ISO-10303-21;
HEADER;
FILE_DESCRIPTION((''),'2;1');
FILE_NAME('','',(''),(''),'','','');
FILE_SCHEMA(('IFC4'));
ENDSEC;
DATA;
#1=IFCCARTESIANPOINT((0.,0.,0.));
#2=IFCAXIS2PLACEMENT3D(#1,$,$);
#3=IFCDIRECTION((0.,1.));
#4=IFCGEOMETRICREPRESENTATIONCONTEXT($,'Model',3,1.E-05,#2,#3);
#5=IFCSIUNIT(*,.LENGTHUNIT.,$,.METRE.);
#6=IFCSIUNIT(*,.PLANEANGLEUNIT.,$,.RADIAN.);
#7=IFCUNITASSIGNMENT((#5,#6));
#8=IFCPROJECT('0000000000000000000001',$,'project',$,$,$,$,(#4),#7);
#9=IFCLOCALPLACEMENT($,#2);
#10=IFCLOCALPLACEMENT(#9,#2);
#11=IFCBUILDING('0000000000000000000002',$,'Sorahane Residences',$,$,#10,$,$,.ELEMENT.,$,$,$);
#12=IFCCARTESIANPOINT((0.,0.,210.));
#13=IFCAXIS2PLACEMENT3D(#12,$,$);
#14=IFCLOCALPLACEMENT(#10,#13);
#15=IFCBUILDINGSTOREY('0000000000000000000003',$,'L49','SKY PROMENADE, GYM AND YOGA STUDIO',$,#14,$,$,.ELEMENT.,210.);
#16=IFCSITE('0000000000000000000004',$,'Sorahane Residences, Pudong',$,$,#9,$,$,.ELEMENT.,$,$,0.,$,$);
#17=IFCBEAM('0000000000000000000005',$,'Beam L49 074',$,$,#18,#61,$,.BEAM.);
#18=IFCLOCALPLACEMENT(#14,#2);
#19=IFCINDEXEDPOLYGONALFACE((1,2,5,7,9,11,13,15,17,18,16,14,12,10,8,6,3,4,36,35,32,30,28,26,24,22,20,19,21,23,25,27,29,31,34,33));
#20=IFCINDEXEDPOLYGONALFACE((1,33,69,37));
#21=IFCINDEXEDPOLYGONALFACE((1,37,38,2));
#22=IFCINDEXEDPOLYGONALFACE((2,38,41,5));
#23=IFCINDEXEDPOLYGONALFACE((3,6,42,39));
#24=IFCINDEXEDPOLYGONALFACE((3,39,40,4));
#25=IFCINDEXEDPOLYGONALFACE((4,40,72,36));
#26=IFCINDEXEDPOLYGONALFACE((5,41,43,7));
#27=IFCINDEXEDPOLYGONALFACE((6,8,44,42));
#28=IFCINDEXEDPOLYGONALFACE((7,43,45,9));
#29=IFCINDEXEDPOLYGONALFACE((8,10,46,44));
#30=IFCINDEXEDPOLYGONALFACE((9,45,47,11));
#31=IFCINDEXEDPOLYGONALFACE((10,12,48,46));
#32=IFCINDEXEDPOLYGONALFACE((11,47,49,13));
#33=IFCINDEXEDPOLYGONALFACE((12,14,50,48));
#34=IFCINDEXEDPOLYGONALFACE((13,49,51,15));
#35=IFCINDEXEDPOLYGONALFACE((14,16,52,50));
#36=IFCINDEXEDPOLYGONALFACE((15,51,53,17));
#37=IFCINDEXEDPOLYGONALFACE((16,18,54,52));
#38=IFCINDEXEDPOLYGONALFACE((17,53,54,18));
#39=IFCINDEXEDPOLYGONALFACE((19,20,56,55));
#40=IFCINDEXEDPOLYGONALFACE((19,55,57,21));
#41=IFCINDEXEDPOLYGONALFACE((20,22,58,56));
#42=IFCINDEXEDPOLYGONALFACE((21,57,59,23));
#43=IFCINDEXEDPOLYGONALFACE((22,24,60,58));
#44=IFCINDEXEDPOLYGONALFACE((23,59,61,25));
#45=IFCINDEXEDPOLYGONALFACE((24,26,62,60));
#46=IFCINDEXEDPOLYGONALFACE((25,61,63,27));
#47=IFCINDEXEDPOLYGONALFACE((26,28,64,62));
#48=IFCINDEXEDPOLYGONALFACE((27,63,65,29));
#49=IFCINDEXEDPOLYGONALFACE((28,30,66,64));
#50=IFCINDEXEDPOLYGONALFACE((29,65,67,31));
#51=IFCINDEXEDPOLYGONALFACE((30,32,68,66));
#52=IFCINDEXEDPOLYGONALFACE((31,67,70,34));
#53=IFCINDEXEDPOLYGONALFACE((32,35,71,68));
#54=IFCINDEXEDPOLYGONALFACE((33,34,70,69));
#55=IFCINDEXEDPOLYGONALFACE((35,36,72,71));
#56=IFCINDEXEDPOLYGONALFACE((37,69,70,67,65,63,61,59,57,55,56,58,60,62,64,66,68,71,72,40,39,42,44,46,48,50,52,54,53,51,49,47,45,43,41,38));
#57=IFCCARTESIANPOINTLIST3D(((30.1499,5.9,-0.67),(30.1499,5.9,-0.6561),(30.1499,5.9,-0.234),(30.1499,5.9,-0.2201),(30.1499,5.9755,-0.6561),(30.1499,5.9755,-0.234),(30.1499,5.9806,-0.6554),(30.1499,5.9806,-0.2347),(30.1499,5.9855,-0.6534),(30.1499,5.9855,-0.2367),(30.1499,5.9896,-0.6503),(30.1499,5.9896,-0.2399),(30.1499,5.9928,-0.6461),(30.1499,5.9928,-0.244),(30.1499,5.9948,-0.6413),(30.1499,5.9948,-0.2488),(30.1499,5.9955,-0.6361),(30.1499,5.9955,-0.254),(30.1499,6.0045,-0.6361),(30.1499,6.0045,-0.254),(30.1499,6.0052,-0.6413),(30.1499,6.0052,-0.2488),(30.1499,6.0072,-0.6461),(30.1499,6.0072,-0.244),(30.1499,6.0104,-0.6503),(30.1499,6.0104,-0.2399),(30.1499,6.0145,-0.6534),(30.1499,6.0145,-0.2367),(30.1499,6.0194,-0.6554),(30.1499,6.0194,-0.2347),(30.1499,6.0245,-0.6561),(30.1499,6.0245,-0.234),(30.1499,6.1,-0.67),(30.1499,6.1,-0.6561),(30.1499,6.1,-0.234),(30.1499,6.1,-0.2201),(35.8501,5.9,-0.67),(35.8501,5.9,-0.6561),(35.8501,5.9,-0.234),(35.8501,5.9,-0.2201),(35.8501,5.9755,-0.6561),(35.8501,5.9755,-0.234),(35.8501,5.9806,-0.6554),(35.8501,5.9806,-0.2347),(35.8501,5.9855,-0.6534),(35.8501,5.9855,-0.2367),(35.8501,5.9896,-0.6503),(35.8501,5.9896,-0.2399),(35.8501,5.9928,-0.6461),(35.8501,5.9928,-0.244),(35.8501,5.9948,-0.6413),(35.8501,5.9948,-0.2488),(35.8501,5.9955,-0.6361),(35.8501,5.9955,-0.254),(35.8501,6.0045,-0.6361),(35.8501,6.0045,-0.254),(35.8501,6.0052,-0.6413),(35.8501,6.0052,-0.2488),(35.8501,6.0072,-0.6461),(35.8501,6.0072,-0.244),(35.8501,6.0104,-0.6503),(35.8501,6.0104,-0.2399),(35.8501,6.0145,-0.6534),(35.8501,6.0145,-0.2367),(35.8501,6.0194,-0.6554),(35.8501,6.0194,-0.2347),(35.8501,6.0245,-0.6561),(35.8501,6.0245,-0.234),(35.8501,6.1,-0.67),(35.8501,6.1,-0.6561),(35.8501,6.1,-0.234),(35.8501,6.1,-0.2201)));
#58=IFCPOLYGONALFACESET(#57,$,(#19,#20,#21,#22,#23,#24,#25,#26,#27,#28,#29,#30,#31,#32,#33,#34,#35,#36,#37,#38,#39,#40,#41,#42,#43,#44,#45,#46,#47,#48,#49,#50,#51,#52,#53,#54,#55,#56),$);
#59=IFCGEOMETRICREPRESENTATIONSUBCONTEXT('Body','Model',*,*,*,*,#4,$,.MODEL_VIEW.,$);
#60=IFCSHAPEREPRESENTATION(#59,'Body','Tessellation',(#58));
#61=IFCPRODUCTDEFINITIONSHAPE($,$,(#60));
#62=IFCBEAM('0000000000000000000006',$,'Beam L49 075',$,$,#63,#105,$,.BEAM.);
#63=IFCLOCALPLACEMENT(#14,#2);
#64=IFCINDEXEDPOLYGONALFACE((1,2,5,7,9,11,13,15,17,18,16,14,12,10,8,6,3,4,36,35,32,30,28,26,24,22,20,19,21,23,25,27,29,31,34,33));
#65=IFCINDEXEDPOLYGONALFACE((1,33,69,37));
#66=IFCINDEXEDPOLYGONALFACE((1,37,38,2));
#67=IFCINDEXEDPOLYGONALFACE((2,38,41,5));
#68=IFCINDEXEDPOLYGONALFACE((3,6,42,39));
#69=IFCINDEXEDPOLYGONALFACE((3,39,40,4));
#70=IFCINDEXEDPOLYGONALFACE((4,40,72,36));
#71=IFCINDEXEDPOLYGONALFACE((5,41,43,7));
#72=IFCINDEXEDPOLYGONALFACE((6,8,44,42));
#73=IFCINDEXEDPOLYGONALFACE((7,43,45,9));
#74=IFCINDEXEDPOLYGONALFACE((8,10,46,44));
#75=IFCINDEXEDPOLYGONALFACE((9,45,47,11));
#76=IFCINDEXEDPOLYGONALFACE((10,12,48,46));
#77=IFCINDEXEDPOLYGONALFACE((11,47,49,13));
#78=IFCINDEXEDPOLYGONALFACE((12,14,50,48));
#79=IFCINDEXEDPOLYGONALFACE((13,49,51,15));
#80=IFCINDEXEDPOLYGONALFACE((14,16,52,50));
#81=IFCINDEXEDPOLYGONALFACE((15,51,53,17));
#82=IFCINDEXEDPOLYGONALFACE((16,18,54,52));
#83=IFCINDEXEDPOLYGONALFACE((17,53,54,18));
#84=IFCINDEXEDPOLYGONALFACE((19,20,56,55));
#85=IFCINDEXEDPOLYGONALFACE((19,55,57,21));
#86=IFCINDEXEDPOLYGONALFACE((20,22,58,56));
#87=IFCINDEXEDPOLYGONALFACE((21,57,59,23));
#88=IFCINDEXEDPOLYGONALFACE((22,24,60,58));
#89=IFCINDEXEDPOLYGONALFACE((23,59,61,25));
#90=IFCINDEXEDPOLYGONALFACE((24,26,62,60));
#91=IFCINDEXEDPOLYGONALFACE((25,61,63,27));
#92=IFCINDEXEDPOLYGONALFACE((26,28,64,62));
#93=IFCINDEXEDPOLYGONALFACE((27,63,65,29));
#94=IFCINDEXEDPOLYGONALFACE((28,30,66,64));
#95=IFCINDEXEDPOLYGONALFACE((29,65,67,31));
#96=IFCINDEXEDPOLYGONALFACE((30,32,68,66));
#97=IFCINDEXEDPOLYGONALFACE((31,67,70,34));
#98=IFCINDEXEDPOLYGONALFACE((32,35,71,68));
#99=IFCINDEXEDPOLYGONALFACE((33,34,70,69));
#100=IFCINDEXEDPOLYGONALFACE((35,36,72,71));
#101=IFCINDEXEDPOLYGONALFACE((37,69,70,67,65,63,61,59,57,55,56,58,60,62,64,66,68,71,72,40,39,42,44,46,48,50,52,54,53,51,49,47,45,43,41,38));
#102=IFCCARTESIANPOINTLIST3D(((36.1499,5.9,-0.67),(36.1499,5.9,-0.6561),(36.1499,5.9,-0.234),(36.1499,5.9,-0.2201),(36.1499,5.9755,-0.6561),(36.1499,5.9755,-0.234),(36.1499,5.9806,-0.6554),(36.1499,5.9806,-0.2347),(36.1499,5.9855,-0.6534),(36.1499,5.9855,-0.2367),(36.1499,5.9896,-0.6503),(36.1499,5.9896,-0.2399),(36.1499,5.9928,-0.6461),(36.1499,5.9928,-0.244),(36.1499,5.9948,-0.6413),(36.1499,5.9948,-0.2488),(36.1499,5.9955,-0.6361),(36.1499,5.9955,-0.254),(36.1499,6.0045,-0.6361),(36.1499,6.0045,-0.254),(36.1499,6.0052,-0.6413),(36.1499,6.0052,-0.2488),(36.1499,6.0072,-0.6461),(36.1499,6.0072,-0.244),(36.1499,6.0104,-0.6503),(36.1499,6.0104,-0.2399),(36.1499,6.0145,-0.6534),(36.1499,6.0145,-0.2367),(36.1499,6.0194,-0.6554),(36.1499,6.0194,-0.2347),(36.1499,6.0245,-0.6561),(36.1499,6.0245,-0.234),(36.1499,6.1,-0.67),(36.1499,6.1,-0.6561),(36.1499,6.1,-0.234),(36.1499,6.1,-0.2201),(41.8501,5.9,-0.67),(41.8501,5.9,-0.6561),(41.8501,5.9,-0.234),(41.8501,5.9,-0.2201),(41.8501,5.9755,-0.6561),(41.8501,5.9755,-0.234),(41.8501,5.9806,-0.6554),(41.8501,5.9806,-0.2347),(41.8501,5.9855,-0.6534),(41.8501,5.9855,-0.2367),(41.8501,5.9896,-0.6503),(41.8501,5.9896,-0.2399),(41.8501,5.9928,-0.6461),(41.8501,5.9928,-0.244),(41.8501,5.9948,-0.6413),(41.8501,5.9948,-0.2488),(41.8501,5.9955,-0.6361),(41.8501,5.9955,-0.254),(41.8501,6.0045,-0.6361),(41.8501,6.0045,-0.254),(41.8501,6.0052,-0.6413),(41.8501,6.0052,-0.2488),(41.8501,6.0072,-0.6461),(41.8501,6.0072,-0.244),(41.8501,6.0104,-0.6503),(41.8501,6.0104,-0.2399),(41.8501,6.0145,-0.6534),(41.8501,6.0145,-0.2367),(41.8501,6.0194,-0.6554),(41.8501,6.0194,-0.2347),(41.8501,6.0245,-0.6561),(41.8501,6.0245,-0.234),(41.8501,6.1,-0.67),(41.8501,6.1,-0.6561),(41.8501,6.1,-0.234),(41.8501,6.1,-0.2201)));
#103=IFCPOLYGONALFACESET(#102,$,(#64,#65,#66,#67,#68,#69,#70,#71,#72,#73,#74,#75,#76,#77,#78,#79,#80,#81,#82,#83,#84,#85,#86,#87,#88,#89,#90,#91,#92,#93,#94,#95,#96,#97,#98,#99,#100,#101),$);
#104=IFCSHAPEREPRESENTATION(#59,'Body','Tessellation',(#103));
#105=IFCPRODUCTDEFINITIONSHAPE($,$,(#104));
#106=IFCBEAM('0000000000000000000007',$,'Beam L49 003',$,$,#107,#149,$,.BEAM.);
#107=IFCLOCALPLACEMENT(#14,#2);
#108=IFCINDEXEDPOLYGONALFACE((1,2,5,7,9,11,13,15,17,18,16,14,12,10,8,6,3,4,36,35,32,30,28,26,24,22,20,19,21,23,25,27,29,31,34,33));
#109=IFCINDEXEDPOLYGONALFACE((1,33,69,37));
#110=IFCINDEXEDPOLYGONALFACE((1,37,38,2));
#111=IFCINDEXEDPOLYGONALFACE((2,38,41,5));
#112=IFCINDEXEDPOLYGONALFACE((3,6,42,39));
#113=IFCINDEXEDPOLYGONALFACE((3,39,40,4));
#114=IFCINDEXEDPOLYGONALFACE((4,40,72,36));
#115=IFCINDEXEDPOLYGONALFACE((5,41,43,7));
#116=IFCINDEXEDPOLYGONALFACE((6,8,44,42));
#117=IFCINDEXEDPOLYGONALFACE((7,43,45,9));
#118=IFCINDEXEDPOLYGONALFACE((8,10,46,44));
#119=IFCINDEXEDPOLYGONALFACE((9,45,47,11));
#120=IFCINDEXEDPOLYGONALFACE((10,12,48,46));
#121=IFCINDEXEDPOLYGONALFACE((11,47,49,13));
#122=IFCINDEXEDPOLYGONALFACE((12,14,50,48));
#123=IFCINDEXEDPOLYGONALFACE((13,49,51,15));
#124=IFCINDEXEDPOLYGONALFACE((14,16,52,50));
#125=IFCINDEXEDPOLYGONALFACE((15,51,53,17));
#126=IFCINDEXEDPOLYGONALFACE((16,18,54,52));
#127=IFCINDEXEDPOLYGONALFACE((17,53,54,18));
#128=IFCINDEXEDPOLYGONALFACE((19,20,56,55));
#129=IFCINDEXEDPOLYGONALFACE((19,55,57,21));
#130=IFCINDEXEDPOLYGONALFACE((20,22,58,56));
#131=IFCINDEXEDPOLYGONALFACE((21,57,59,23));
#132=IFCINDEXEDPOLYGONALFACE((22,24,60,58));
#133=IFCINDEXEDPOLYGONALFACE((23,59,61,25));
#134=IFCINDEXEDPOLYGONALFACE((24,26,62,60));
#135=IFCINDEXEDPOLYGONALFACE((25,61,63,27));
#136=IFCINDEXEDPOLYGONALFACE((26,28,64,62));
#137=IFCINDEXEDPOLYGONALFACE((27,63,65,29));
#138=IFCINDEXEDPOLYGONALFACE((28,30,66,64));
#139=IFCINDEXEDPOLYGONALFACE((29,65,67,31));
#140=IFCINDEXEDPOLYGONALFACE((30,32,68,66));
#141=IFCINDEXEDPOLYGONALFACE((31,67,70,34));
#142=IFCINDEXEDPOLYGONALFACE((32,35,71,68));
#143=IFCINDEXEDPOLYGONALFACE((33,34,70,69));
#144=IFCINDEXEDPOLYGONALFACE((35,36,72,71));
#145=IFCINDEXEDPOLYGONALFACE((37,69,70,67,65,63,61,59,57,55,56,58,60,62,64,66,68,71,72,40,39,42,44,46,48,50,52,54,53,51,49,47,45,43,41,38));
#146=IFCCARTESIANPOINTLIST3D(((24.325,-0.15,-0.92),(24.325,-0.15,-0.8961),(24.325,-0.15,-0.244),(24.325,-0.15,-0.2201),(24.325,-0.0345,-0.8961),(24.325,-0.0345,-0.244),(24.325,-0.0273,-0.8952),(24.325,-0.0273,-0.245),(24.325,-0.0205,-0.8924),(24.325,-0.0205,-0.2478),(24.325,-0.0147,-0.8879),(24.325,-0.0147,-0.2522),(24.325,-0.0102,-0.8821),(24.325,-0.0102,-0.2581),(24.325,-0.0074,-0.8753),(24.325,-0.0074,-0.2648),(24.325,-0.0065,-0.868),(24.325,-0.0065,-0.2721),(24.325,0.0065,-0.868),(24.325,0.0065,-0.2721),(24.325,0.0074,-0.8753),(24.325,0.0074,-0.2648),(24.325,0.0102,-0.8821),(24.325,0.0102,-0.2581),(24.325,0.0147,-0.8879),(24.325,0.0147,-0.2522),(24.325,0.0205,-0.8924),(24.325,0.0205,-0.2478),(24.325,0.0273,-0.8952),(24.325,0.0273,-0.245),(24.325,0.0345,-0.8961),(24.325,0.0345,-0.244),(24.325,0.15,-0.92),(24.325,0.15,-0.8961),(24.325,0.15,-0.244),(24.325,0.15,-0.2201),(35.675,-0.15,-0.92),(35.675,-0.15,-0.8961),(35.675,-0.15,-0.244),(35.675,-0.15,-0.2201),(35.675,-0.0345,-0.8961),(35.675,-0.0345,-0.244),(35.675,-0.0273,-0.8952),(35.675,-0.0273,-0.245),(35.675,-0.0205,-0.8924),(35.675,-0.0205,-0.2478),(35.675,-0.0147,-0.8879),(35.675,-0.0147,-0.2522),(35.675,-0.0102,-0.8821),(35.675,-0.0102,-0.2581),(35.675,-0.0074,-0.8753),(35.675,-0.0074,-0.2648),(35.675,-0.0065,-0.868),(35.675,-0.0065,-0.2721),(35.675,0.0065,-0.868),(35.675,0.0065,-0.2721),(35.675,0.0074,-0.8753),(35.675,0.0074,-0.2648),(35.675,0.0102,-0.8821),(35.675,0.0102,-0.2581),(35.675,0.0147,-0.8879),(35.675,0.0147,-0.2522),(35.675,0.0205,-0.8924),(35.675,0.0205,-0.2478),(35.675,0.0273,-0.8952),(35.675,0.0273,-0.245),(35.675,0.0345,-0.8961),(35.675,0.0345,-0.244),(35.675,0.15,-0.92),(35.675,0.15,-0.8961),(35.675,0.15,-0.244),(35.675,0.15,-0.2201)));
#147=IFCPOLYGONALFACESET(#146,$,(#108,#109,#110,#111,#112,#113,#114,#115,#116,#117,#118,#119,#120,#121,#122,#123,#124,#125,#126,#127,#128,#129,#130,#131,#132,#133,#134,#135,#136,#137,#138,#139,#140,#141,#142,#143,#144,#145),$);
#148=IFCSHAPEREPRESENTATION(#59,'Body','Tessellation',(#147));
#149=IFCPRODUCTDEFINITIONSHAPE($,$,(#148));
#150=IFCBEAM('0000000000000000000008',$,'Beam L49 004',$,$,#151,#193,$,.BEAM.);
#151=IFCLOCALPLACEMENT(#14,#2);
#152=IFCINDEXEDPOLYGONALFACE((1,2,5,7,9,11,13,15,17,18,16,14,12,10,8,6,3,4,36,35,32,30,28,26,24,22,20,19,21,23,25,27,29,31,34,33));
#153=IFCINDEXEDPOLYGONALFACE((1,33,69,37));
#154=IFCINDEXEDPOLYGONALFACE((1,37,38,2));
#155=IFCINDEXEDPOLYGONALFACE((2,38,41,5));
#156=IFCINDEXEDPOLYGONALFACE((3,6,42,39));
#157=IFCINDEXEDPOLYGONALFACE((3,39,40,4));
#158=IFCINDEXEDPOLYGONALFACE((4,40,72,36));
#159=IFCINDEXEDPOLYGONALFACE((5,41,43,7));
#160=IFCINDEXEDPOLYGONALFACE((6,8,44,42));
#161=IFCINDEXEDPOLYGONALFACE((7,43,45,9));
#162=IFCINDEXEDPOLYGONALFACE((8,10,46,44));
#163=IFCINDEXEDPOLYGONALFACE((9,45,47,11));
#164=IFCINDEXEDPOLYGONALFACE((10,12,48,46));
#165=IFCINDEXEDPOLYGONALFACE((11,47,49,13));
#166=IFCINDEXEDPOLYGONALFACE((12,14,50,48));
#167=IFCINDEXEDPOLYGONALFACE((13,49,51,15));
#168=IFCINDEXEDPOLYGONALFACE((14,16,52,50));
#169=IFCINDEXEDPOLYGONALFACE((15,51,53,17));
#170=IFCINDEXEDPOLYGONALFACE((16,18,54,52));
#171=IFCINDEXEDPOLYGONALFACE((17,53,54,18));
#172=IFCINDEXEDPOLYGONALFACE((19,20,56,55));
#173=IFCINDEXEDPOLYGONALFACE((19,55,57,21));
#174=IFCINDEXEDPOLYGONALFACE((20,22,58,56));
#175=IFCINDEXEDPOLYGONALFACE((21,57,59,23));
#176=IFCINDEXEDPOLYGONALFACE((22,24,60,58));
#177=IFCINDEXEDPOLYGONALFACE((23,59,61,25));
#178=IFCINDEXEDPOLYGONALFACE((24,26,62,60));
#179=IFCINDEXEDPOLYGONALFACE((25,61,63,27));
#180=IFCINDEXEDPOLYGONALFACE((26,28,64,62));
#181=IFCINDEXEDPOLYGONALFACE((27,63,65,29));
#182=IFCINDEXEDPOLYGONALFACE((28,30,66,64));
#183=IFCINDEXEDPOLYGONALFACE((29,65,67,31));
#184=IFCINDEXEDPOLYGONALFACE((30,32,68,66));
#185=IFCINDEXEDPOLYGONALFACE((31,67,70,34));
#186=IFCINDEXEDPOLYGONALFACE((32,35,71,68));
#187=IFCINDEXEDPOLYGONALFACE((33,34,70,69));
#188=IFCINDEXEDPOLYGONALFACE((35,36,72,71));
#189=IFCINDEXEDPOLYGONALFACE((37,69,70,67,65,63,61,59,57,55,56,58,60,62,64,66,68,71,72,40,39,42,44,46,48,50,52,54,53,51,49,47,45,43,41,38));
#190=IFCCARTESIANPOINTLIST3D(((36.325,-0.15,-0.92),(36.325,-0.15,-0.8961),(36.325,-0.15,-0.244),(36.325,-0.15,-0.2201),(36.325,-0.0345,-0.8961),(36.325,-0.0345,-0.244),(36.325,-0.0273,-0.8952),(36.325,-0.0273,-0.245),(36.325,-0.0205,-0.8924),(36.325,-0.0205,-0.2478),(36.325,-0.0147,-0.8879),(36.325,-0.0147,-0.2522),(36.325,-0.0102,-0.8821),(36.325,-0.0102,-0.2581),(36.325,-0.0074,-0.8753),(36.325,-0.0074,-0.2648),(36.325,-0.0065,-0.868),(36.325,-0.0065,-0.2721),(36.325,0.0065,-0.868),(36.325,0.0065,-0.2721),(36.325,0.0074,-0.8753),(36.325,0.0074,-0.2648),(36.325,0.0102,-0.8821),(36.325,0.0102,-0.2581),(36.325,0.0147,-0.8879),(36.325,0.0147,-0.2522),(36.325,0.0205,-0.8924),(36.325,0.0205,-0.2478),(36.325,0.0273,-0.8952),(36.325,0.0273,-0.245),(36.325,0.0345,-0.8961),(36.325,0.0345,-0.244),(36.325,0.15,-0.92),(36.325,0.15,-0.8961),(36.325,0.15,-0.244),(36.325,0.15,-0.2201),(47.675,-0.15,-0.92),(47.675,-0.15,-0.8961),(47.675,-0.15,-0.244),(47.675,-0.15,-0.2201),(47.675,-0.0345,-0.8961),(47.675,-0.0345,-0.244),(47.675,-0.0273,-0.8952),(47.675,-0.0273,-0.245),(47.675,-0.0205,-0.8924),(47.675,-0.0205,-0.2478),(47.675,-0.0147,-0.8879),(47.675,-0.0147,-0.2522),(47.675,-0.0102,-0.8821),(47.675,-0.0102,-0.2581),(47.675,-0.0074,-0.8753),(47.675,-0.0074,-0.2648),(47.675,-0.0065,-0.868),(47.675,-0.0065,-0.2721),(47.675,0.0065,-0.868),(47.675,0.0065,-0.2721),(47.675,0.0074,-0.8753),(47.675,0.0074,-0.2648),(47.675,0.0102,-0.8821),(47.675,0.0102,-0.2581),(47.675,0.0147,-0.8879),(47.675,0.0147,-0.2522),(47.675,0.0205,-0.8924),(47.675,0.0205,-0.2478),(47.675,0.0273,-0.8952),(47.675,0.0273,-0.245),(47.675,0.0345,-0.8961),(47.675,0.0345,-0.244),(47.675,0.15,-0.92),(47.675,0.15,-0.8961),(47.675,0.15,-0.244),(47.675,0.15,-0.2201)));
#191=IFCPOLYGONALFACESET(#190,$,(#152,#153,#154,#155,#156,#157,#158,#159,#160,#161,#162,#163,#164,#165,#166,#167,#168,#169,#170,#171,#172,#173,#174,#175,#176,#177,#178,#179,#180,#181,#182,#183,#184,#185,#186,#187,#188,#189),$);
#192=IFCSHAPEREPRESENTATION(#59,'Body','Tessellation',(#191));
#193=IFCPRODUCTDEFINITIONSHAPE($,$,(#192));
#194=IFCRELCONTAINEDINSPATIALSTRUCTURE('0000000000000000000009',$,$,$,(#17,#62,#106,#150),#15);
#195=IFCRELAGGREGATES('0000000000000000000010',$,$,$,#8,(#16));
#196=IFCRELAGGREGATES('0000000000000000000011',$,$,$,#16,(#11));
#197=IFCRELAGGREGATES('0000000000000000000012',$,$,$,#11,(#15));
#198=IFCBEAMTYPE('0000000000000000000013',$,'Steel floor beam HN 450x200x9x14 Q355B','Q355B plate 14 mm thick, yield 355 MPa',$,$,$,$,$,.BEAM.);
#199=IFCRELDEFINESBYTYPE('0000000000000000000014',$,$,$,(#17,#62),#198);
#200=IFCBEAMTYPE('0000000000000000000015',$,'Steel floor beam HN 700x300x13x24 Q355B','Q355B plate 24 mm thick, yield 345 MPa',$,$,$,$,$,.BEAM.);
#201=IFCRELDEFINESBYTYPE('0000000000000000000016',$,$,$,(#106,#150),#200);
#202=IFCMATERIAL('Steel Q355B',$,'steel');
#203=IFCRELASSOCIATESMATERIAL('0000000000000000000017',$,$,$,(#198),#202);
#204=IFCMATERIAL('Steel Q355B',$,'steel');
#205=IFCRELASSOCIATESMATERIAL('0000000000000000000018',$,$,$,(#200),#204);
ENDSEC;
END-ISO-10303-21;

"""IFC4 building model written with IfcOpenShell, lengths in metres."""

from ifc_helpers import new_model, si_unit, direction, frame, origin, origin_2d, place, context, subcontext, project, spatial, i_section, extrude, material, material_profile, profile_set, type_object, element, save


model = new_model("IFC4")

# Units and contexts
model_context = context("Model", 3, precision=1e-05, world=origin(), true_north=direction((0.0, 1.0)))
body_context = subcontext(model_context, "Body", "Model", "MODEL_VIEW")
ifc_project = project(units=[si_unit("LENGTHUNIT", "METRE"), si_unit("PLANEANGLEUNIT", "RADIAN")], contexts=[model_context])

# Site, building, storey
site_placement = place(None, origin())
site = spatial("IfcSite", under=ifc_project, at=site_placement, Name="Sorahane Residences, Pudong", CompositionType="ELEMENT", RefElevation=0.0)
building_placement = place(site_placement, origin())
building = spatial("IfcBuilding", under=site, at=building_placement, Name="Sorahane Residences", CompositionType="ELEMENT")
storey_placement = place(building_placement, frame((0.0, 0.0, 210.0)))
storey = spatial("IfcBuildingStorey", under=building, at=storey_placement, Name="L49", Description="SKY PROMENADE, GYM AND YOGA STUDIO", CompositionType="ELEMENT", Elevation=210.0)

# Beams
ifc_material_1 = material(Name="Steel Q355B", Category="steel")
ifc_material_profile_1 = material_profile(ifc_material_1, i_section(OverallWidth=0.2, OverallDepth=0.45, WebThickness=0.009, FlangeThickness=0.0139, FilletRadius=0.02, at=origin_2d()), Name="HN 450x200x9x14")
ifc_profile_set_1 = profile_set([ifc_material_profile_1], Name="Steel Q355B")
beam_type_1 = type_object("IfcBeamType", Name="Steel floor beam HN 450x200x9x14 Q355B", Description="Q355B plate 14 mm thick, yield 355 MPa", PredefinedType="BEAM", material=ifc_profile_set_1)
for number, where, z_axis, x_axis, name in (
    (1, (30.1499, 6.0, -0.4451), (1.0, 0.0, 0.0), (0.0, 1.0, 0.0), "Beam L49 074"),
    (2, (36.1499, 6.0, -0.4451), (1.0, 0.0, 0.0), (0.0, 1.0, 0.0), "Beam L49 075"),
):
    element("IfcBeam", number, at=place(storey_placement, frame(where, z_axis=z_axis, x_axis=x_axis)), inside=storey, type_object=beam_type_1, Name=name, PredefinedType="BEAM", context=body_context, shape_type="SweptSolid", body=[
        extrude(i_section(OverallWidth=0.2, OverallDepth=0.45, WebThickness=0.009, FlangeThickness=0.0139, FilletRadius=0.02, at=origin_2d()), origin(), (0.0, 0.0, 1.0), 5.7002),
    ])
ifc_material_2 = material(Name="Steel Q355B", Category="steel")
ifc_material_profile_2 = material_profile(ifc_material_2, i_section(OverallWidth=0.3, OverallDepth=0.7, WebThickness=0.0129, FlangeThickness=0.0239, FilletRadius=0.0281, at=origin_2d()), Name="HN 700x300x13x24")
ifc_profile_set_2 = profile_set([ifc_material_profile_2], Name="Steel Q355B")
beam_type_2 = type_object("IfcBeamType", Name="Steel floor beam HN 700x300x13x24 Q355B", Description="Q355B plate 24 mm thick, yield 345 MPa", PredefinedType="BEAM", material=ifc_profile_set_2)
for number, where, z_axis, x_axis, name in (
    (3, (24.325, 0.0, -0.5701), (1.0, 0.0, 0.0), (0.0, 1.0, 0.0), "Beam L49 003"),
    (4, (36.325, 0.0, -0.5701), (1.0, 0.0, 0.0), (0.0, 1.0, 0.0), "Beam L49 004"),
):
    element("IfcBeam", number, at=place(storey_placement, frame(where, z_axis=z_axis, x_axis=x_axis)), inside=storey, type_object=beam_type_2, Name=name, PredefinedType="BEAM", context=body_context, shape_type="SweptSolid", body=[
        extrude(i_section(OverallWidth=0.3, OverallDepth=0.7, WebThickness=0.0129, FlangeThickness=0.0239, FilletRadius=0.0281, at=origin_2d()), origin(), (0.0, 0.0, 1.0), 11.3501),
    ])

save(model, "model.ifc")
